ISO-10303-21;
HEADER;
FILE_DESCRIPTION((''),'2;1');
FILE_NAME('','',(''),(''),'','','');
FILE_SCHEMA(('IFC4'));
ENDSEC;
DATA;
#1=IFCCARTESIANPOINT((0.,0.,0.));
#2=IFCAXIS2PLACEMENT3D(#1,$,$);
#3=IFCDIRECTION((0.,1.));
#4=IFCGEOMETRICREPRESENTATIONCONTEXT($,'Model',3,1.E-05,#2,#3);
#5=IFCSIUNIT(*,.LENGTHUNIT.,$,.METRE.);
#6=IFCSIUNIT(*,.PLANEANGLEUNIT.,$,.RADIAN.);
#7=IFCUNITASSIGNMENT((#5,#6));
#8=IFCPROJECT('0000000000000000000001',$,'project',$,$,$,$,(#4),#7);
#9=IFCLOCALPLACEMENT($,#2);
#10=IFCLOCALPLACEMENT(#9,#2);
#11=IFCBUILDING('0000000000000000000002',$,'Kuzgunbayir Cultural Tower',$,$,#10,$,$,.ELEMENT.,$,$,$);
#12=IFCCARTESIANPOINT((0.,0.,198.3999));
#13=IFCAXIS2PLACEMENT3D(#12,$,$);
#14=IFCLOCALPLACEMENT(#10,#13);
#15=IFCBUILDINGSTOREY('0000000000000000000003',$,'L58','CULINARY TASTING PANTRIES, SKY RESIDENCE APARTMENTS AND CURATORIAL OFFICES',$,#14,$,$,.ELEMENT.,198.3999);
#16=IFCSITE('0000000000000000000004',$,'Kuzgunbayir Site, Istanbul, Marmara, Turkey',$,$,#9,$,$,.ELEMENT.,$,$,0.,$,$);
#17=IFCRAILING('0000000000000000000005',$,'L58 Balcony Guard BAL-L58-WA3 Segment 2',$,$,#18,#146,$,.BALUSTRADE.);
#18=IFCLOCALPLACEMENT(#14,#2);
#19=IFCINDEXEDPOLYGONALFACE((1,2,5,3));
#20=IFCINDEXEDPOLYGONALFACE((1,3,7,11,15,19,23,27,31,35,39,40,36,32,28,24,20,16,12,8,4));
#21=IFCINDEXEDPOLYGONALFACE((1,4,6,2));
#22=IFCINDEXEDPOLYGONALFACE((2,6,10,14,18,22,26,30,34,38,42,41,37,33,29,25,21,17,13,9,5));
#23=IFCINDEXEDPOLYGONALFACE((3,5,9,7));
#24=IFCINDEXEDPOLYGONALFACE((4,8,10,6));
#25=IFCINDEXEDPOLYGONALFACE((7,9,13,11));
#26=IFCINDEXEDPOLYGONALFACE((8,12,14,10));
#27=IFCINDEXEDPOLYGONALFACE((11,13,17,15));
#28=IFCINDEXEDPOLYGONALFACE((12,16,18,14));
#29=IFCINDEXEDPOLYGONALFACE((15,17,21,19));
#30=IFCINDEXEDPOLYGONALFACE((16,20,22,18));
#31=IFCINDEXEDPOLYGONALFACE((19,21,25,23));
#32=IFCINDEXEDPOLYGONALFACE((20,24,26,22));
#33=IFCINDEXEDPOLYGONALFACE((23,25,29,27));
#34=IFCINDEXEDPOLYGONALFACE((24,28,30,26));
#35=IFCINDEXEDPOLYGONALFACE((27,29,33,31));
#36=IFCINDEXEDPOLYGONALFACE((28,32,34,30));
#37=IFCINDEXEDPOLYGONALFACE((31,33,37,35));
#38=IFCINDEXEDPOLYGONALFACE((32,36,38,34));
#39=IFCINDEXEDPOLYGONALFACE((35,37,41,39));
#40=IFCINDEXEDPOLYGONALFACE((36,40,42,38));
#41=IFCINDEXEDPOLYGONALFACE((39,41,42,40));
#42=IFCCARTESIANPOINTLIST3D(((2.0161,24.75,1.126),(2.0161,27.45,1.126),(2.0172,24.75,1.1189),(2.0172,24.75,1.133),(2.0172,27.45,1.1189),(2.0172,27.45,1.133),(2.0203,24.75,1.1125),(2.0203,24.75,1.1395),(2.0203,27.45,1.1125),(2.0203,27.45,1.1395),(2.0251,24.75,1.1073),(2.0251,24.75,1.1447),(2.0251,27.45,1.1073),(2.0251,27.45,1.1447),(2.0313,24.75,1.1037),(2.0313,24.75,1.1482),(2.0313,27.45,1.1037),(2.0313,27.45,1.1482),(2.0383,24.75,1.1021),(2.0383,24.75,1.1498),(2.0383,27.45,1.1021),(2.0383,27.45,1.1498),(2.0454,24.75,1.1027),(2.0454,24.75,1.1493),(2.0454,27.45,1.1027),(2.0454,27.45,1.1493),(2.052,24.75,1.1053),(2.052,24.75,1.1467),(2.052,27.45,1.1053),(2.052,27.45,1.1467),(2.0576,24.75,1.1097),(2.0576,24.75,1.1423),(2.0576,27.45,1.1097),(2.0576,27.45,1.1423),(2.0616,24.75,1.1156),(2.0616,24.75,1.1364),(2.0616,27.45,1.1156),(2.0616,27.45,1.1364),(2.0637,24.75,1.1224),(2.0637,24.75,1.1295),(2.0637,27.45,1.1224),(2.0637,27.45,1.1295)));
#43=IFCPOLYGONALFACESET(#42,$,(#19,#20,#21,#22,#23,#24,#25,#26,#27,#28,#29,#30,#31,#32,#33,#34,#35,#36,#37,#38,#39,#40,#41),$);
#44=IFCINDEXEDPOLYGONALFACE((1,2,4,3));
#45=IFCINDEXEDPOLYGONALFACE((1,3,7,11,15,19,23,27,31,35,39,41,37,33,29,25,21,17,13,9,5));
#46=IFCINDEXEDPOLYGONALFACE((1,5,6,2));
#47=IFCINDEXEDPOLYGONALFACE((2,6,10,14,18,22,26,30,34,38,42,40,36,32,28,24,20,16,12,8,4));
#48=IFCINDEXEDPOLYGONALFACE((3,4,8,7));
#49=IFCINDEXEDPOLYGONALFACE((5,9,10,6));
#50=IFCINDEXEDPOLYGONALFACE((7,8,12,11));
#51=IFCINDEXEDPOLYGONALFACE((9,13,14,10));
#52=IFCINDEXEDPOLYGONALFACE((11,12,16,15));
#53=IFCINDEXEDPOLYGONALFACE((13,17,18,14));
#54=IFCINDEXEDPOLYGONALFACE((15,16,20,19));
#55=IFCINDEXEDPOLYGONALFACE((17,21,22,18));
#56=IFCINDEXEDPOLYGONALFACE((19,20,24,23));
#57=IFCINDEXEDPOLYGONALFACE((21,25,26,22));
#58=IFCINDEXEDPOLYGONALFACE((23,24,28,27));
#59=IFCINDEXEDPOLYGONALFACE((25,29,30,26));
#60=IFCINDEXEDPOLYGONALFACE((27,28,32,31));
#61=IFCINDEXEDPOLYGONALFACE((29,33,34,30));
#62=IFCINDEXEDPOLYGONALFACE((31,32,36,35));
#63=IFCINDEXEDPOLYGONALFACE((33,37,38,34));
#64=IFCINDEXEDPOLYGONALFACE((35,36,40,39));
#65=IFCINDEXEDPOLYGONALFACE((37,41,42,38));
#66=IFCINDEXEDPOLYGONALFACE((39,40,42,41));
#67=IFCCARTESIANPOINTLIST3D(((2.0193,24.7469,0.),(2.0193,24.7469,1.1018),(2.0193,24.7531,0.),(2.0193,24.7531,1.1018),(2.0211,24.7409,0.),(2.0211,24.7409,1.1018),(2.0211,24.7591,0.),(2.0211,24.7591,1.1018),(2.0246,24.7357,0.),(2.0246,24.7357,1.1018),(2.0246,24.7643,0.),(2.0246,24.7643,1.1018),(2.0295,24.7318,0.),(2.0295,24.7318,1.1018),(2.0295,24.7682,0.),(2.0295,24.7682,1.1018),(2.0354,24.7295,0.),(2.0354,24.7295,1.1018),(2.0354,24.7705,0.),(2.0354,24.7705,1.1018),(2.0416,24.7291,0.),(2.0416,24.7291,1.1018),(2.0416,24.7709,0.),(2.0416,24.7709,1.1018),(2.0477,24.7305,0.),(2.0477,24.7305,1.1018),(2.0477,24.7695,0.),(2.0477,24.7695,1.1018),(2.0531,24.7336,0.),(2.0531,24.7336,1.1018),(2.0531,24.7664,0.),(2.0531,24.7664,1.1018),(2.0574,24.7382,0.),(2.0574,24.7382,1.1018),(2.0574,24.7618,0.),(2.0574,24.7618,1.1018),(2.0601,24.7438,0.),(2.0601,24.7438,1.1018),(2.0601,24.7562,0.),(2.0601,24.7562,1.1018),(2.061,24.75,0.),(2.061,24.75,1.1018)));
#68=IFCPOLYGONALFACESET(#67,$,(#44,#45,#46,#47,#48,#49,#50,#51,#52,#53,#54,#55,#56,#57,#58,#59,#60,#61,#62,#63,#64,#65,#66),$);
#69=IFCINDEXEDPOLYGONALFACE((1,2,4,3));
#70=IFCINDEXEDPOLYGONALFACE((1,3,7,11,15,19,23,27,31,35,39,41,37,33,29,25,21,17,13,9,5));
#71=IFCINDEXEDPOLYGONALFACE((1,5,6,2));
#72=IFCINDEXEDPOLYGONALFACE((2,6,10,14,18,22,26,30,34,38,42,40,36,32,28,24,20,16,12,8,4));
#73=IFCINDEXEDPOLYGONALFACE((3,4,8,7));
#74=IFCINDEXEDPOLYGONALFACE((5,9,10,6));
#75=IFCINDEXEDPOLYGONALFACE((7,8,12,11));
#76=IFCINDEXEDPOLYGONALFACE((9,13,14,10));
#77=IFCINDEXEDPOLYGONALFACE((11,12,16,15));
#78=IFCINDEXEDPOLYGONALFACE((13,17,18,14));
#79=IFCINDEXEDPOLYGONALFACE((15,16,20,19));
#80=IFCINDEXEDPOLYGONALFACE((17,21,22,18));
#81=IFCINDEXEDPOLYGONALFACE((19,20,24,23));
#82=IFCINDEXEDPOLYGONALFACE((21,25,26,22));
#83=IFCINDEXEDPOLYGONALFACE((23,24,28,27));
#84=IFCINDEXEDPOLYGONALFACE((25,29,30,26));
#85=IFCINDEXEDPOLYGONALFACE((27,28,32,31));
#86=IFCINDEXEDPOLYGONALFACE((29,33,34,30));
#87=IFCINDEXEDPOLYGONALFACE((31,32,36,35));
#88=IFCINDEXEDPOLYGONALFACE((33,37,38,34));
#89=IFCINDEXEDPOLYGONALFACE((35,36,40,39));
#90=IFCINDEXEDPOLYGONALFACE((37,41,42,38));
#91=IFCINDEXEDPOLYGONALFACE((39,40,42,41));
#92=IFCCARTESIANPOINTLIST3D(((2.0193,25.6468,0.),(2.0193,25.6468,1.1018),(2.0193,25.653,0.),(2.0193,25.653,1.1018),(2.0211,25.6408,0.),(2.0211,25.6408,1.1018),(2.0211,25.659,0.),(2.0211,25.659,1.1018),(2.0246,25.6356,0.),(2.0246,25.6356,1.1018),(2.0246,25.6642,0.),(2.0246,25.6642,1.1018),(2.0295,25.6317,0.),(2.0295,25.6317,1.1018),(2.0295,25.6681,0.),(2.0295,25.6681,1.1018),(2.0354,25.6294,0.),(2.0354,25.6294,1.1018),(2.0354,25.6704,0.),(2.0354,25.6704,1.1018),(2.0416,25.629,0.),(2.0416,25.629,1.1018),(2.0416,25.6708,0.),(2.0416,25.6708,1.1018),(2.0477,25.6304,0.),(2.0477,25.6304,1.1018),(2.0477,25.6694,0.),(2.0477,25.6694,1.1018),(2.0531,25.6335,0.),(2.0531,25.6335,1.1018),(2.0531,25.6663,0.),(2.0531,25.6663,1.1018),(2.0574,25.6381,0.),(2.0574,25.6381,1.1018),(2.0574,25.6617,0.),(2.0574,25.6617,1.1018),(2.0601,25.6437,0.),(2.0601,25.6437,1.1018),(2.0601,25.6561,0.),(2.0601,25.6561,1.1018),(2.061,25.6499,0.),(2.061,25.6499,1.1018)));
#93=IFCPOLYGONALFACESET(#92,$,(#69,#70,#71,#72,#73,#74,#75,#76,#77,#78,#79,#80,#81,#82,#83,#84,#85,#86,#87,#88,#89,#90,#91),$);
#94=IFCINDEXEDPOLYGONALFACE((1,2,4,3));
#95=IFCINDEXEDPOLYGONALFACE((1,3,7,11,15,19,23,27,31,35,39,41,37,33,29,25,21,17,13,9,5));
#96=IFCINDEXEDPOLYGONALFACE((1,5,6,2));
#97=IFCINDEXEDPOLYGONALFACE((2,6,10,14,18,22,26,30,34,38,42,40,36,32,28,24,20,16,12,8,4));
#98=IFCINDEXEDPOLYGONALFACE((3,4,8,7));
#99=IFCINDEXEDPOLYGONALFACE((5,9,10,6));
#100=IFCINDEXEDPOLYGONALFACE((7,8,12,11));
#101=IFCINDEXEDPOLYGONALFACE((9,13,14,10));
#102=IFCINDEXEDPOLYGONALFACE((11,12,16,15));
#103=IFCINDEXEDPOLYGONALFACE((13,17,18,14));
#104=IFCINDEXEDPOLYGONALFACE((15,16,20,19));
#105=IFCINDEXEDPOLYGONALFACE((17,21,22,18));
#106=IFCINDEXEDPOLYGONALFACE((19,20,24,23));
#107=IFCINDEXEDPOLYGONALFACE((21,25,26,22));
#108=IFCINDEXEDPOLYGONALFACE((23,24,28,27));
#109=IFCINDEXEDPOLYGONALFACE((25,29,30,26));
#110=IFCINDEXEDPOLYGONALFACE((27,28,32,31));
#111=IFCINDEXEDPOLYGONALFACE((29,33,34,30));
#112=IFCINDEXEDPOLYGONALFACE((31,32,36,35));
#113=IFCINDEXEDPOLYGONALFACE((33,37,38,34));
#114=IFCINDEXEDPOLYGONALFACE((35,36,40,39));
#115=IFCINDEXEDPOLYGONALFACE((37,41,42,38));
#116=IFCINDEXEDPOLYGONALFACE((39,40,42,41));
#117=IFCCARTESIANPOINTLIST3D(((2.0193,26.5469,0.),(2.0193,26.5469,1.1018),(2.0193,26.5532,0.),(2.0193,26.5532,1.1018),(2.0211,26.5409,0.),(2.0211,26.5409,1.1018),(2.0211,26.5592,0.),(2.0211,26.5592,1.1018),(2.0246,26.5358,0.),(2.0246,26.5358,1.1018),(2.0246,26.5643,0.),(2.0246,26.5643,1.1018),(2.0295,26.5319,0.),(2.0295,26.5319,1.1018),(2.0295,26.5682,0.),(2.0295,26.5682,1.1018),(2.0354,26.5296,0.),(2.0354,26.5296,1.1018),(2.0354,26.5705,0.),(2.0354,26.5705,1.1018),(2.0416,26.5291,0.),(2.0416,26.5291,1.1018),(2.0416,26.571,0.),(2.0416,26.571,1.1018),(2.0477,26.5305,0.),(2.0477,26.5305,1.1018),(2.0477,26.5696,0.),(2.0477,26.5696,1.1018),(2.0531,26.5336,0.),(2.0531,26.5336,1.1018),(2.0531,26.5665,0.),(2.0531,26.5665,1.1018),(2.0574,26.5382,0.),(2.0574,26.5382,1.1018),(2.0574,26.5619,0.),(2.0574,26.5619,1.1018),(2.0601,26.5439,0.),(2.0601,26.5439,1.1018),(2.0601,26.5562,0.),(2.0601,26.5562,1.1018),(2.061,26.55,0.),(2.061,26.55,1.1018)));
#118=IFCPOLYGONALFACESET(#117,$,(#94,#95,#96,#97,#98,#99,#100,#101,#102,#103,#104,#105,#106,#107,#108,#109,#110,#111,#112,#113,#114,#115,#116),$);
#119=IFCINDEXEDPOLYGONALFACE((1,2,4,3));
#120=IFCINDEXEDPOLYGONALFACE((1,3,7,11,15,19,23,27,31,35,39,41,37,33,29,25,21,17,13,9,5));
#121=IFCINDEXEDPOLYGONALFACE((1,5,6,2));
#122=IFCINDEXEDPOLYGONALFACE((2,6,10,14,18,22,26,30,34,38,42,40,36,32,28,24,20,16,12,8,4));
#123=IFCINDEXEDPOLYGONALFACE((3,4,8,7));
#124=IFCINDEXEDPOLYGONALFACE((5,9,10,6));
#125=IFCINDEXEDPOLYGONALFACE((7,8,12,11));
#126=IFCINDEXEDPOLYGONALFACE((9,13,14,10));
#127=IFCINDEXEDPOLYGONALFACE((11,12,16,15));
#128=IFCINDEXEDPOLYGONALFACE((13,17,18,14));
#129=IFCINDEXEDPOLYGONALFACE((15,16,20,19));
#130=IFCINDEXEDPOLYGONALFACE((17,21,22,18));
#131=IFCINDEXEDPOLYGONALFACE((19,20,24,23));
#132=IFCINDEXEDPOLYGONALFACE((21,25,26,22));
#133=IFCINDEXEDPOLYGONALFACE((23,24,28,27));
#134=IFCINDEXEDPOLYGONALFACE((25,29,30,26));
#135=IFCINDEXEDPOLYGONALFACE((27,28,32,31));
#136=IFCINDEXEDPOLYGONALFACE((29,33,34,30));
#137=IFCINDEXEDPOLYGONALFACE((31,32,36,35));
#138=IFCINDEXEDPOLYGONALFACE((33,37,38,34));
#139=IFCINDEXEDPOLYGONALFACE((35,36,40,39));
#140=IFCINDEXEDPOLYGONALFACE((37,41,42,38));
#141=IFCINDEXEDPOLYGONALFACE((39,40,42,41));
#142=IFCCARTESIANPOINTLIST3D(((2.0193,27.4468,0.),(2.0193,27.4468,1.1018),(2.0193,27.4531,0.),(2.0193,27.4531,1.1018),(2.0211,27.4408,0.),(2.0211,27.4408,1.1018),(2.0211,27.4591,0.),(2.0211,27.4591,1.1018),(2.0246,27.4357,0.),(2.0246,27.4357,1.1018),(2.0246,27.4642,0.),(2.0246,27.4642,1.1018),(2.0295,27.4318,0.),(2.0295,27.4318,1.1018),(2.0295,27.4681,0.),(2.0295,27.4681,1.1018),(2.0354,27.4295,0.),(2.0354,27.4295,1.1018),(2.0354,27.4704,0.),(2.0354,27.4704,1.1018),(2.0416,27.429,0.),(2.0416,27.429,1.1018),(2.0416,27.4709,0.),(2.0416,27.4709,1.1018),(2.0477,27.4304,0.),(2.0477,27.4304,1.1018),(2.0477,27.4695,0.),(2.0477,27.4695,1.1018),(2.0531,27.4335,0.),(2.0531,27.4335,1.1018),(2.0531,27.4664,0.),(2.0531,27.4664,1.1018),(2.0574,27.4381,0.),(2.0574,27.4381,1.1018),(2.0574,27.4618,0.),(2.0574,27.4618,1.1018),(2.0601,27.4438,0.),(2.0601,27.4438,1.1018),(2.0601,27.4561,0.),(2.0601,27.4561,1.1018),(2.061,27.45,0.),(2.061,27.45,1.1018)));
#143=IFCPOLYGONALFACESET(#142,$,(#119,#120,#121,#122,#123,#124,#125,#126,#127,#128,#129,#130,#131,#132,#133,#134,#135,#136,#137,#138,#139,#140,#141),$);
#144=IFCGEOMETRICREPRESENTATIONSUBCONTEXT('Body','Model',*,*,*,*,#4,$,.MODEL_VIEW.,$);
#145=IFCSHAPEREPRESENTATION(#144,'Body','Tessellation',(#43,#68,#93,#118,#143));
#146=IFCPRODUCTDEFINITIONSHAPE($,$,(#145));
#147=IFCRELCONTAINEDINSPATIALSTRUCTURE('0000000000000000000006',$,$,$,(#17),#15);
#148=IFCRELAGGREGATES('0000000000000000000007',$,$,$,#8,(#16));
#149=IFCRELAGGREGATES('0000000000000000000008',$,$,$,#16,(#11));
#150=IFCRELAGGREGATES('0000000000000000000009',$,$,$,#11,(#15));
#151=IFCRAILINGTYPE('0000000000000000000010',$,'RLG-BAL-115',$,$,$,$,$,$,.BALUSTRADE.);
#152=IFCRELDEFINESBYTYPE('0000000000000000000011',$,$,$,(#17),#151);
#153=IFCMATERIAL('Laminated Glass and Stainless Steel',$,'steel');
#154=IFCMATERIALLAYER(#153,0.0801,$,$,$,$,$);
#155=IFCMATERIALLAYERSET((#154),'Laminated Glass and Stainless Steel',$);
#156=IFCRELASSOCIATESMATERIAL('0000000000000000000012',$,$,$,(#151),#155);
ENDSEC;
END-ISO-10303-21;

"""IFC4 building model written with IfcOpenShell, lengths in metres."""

from ifc_helpers import new_model, si_unit, direction, frame, origin, origin_2d, place, context, subcontext, project, spatial, circle, extrude, material, layer, layer_set, type_object, element, save


model = new_model("IFC4")

# Units and contexts
model_context = context("Model", 3, precision=1e-05, world=origin(), true_north=direction((0.0, 1.0)))
body_context = subcontext(model_context, "Body", "Model", "MODEL_VIEW")
ifc_project = project(units=[si_unit("LENGTHUNIT", "METRE"), si_unit("PLANEANGLEUNIT", "RADIAN")], contexts=[model_context])

# Site, building, storey
site_placement = place(None, origin())
site = spatial("IfcSite", under=ifc_project, at=site_placement, Name="Kuzgunbayir Site, Istanbul, Marmara, Turkey", CompositionType="ELEMENT", RefElevation=0.0)
building_placement = place(site_placement, origin())
building = spatial("IfcBuilding", under=site, at=building_placement, Name="Kuzgunbayir Cultural Tower", CompositionType="ELEMENT")
storey_placement = place(building_placement, frame((0.0, 0.0, 198.3999)))
storey = spatial("IfcBuildingStorey", under=building, at=storey_placement, Name="L58", Description="CULINARY TASTING PANTRIES, SKY RESIDENCE APARTMENTS AND CURATORIAL OFFICES", CompositionType="ELEMENT", Elevation=198.3999)

# Railing
ifc_material_1 = material(Name="Laminated Glass and Stainless Steel", Category="steel")
ifc_layer_1 = layer(ifc_material_1, 0.0801)
ifc_layer_set_1 = layer_set([ifc_layer_1], Name="Laminated Glass and Stainless Steel")
railing_type = type_object("IfcRailingType", Name="RLG-BAL-115", PredefinedType="BALUSTRADE", material=ifc_layer_set_1)
railing_1_placement = place(storey_placement, frame((2.04, 24.75, 0.0)))
element("IfcRailing", 1, at=railing_1_placement, inside=storey, type_object=railing_type, Name="L58 Balcony Guard BAL-L58-WA3 Segment 2", PredefinedType="BALUSTRADE", context=body_context, shape_type="SweptSolid", body=[
    extrude(circle(Radius=0.0239, at=origin_2d()), frame((0.0, 0.0, 1.126), z_axis=(0.0, 1.0, 0.0), x_axis=(-1.0, 0.0, 0.0)), (0.0, 0.0, 1.0), 2.7),
    extrude(circle(Radius=0.021, at=origin_2d()), origin(), (0.0, 0.0, 1.0), 1.1018),
    extrude(circle(Radius=0.021, at=origin_2d()), frame((0.0, 0.8999, 0.0)), (0.0, 0.0, 1.0), 1.1018),
    extrude(circle(Radius=0.021, at=origin_2d()), frame((0.0, 1.8, 0.0)), (0.0, 0.0, 1.0), 1.1018),
    extrude(circle(Radius=0.021, at=origin_2d()), frame((0.0, 2.7, 0.0)), (0.0, 0.0, 1.0), 1.1018),
])

save(model, "model.ifc")
